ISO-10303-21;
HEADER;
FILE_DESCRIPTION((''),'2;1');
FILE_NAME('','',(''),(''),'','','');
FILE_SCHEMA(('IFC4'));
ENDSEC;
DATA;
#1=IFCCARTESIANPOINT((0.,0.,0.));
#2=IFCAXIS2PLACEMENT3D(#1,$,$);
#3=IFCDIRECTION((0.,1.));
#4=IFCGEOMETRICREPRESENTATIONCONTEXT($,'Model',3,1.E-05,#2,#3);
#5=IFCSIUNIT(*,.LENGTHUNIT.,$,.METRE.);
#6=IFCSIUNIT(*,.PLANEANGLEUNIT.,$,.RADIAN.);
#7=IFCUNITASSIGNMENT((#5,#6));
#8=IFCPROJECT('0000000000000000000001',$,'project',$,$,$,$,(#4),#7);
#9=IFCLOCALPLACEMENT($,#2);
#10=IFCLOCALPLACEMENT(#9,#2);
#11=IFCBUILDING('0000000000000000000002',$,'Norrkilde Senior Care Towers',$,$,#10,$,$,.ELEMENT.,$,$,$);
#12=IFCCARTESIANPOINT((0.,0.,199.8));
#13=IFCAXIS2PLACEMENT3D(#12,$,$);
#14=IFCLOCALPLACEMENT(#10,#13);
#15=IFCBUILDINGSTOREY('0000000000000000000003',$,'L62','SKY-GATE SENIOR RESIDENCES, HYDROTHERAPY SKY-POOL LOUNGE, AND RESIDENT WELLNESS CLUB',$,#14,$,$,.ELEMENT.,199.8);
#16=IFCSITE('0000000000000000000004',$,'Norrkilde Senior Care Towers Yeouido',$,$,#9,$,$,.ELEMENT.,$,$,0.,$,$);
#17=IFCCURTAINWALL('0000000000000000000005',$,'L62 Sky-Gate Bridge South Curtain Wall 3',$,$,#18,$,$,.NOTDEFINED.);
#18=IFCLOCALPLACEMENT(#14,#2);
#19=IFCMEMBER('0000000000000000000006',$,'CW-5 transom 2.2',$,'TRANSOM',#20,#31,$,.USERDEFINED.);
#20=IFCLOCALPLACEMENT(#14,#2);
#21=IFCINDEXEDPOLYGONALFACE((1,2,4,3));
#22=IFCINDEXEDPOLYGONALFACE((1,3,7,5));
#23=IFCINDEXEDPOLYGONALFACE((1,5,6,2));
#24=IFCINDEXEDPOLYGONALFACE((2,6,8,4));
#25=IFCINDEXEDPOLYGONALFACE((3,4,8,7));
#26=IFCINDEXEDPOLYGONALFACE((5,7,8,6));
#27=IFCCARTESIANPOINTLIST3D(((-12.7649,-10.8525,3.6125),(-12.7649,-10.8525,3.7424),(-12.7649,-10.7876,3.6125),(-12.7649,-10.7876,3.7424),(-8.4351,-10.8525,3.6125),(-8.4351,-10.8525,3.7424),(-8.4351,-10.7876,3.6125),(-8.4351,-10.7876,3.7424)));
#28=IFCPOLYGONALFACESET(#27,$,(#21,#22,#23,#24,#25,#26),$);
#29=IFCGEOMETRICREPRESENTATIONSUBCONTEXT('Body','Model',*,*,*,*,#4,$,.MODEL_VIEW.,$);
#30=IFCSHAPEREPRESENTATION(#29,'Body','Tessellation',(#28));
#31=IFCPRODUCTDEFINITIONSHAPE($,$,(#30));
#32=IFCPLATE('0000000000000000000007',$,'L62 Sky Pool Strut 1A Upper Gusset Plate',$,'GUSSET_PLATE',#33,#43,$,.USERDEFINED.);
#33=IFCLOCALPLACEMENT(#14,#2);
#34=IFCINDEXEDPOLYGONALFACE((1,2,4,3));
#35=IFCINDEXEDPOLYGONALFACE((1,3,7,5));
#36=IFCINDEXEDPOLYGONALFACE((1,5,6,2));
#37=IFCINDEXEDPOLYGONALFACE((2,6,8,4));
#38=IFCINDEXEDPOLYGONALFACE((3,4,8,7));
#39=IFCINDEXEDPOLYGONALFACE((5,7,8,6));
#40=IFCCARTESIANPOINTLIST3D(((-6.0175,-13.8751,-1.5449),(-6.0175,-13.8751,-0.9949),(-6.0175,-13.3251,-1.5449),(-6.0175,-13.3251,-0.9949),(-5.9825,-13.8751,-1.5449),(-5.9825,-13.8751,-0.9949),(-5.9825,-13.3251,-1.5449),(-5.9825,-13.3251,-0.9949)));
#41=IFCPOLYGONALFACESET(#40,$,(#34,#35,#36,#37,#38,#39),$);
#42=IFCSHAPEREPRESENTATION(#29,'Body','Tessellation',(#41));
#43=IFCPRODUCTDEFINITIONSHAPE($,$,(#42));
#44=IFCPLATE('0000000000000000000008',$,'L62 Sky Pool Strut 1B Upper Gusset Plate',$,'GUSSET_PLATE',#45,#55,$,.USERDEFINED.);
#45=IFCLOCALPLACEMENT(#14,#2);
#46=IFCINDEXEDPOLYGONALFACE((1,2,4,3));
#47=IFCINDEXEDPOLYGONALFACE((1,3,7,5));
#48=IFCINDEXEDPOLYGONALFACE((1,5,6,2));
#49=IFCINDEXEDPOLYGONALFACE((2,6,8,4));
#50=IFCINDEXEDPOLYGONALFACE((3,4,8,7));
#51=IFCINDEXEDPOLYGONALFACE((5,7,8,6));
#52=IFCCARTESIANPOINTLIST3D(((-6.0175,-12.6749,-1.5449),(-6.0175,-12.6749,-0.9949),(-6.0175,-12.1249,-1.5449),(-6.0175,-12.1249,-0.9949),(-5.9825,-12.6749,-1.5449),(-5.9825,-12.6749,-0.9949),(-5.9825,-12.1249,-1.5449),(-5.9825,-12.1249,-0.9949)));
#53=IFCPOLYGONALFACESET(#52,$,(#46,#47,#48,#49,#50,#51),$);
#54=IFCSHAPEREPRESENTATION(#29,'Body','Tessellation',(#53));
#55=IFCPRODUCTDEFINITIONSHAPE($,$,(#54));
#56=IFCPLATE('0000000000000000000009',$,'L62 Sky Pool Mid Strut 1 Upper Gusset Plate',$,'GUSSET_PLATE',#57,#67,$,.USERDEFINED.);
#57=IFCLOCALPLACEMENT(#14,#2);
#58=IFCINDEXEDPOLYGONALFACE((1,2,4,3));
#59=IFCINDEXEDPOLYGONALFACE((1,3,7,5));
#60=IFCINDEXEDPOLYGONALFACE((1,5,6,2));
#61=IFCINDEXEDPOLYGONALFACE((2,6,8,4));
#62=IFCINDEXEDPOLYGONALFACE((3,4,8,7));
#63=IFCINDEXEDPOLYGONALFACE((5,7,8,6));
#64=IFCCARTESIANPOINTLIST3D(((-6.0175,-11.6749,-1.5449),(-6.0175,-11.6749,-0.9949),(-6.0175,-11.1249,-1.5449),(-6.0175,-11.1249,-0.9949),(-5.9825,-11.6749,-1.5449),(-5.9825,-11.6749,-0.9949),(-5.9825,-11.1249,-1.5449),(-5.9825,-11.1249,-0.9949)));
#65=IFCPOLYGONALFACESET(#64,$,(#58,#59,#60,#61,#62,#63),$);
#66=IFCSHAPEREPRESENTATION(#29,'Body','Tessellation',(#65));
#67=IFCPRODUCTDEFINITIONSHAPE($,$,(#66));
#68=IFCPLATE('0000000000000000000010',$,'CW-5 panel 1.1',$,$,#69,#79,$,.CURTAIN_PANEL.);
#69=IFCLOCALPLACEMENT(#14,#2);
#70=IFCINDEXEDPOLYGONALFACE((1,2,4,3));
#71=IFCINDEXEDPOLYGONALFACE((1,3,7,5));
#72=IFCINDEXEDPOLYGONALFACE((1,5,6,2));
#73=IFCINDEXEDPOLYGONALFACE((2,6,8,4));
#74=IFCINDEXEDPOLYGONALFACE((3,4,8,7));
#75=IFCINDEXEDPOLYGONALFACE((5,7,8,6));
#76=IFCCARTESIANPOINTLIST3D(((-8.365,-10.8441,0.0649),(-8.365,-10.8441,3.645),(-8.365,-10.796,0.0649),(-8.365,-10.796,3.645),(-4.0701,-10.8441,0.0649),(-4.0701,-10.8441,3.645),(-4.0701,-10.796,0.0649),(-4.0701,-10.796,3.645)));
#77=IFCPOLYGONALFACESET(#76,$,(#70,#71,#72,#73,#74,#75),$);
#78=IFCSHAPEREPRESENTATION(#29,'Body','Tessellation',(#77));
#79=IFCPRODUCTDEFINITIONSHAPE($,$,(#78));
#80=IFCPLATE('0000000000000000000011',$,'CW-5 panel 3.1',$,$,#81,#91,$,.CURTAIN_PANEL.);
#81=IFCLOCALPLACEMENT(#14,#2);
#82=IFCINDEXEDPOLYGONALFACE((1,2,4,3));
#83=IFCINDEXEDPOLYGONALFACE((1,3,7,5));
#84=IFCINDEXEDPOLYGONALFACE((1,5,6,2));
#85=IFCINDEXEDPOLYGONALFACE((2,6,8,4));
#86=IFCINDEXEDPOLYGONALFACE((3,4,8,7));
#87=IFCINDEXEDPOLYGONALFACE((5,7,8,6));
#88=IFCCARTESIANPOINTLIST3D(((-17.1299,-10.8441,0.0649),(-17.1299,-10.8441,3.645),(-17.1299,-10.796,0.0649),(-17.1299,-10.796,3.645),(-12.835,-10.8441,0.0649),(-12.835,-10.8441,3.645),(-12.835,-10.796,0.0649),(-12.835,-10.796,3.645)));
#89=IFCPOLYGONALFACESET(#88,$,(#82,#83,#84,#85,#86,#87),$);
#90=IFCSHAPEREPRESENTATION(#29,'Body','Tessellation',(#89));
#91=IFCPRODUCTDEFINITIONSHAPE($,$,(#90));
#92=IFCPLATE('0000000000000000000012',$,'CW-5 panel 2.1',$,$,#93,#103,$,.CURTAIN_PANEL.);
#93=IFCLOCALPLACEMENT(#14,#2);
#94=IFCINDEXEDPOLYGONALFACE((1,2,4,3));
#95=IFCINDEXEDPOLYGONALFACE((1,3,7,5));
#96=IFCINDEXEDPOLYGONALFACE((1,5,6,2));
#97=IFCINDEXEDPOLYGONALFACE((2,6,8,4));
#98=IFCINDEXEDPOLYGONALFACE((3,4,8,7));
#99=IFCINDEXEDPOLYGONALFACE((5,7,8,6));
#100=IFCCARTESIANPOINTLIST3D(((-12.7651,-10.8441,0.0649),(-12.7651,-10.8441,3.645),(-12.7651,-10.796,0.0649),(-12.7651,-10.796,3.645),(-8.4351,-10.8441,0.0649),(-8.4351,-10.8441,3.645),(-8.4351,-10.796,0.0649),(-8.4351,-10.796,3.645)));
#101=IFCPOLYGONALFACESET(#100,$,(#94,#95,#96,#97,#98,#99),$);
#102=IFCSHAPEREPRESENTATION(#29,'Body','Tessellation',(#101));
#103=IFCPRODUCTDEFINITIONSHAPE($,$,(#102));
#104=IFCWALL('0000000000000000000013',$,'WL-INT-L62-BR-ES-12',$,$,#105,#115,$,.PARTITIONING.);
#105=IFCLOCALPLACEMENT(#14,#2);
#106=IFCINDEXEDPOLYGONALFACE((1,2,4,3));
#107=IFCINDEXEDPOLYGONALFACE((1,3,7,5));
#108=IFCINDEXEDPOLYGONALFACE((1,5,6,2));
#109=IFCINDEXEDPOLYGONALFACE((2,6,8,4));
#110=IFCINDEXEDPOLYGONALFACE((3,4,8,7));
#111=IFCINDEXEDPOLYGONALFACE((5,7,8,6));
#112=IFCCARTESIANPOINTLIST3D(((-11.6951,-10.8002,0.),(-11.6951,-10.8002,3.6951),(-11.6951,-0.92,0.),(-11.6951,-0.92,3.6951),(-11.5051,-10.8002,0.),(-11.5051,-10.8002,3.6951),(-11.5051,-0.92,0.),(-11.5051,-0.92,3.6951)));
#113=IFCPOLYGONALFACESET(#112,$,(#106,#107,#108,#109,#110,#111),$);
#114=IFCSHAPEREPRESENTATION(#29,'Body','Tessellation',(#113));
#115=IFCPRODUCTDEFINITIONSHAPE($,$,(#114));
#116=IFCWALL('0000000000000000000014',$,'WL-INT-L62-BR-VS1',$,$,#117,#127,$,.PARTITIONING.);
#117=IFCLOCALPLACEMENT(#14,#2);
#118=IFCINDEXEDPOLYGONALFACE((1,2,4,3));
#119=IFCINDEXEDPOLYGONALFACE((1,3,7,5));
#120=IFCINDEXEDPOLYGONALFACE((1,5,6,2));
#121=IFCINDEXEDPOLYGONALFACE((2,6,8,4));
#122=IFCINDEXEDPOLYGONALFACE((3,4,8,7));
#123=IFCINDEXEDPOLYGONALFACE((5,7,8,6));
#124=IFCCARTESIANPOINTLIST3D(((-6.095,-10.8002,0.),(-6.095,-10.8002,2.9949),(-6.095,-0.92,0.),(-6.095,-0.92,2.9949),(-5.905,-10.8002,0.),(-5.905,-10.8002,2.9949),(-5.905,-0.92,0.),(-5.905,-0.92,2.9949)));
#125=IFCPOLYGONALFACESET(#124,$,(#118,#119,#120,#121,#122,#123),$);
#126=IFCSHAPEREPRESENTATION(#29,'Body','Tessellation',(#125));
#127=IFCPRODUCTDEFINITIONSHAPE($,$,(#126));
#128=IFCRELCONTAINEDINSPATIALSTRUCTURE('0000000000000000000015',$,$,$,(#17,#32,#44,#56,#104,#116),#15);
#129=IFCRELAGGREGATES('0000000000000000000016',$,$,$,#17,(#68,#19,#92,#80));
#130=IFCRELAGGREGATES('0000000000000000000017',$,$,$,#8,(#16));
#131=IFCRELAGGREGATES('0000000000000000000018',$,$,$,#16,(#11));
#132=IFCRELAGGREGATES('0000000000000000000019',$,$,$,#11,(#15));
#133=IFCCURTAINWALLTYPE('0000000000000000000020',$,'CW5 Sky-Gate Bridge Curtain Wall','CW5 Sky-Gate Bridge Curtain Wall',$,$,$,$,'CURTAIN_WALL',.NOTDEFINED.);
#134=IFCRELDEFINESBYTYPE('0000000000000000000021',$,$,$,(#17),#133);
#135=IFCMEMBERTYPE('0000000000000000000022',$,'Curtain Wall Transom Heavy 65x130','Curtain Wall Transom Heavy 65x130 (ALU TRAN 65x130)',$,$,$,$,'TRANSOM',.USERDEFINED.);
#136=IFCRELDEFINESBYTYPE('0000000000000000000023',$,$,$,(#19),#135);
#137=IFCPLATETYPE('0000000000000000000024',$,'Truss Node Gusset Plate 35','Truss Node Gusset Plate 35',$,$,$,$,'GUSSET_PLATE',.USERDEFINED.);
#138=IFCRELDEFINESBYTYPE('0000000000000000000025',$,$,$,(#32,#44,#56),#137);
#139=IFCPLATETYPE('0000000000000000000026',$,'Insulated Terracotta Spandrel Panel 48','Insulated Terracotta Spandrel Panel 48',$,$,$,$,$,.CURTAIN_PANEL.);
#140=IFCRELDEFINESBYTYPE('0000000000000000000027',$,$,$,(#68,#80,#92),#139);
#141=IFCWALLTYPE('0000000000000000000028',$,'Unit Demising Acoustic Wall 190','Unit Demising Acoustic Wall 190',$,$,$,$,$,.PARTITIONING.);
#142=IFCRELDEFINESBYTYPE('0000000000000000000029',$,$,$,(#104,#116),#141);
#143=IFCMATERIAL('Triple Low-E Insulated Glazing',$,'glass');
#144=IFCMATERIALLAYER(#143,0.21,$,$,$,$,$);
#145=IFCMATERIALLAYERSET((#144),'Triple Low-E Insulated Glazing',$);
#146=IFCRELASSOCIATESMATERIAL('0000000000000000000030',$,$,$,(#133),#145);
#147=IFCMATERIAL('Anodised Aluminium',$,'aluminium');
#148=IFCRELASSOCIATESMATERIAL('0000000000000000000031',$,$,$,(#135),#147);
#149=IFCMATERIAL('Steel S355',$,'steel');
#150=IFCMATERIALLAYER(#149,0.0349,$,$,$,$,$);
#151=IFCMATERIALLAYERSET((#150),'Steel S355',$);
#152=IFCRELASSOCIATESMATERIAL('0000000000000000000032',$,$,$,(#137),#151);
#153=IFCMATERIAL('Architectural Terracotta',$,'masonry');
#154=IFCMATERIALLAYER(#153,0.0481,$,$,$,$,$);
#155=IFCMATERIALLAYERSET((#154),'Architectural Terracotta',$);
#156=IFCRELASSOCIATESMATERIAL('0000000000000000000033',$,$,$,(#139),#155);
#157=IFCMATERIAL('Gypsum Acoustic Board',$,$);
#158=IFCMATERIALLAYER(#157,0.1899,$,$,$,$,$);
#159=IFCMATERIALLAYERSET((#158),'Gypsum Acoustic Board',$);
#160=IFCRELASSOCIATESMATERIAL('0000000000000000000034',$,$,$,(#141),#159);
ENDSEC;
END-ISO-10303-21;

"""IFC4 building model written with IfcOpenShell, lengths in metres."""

from ifc_helpers import new_model, si_unit, direction, frame, frame_2d, origin, origin_2d, place, context, subcontext, project, spatial, rectangle, extrude, source, transform, mapped, material, layer, layer_set, material_profile, profile_set, type_object, type_shapes, element, aggregate, save


model = new_model("IFC4")

# Units and contexts
model_context = context("Model", 3, precision=1e-05, world=origin(), true_north=direction((0.0, 1.0)))
body_context = subcontext(model_context, "Body", "Model", "MODEL_VIEW")
ifc_project = project(units=[si_unit("LENGTHUNIT", "METRE"), si_unit("PLANEANGLEUNIT", "RADIAN")], contexts=[model_context])

# Site, building, storey
site_placement = place(None, origin())
site = spatial("IfcSite", under=ifc_project, at=site_placement, Name="Norrkilde Senior Care Towers Yeouido", CompositionType="ELEMENT", RefElevation=0.0)
building_placement = place(site_placement, origin())
building = spatial("IfcBuilding", under=site, at=building_placement, Name="Norrkilde Senior Care Towers", CompositionType="ELEMENT")
storey_placement = place(building_placement, frame((0.0, 0.0, 199.8)))
storey = spatial("IfcBuildingStorey", under=building, at=storey_placement, Name="L62", Description="SKY-GATE SENIOR RESIDENCES, HYDROTHERAPY SKY-POOL LOUNGE, AND RESIDENT WELLNESS CLUB", CompositionType="ELEMENT", Elevation=199.8)

# Shared definitions
ifc_material_1 = material(Name="Steel S355", Category="steel")

# Curtain wall, member
ifc_material_2 = material(Name="Triple Low-E Insulated Glazing", Category="glass")
ifc_material_3 = material(Name="Anodised Aluminium", Category="aluminium")
ifc_layer_1 = layer(ifc_material_2, 0.21)
ifc_layer_set_1 = layer_set([ifc_layer_1], Name="Triple Low-E Insulated Glazing")
curtain_wall_type_1 = type_object("IfcCurtainWallType", Name="CW5 Sky-Gate Bridge Curtain Wall", Description="CW5 Sky-Gate Bridge Curtain Wall", ElementType="CURTAIN_WALL", PredefinedType="NOTDEFINED", material=ifc_layer_set_1)
curtain_wall_1_placement = place(storey_placement, origin())
curtain_wall_1 = element("IfcCurtainWall", 1, at=curtain_wall_1_placement, inside=storey, type_object=curtain_wall_type_1, Name="L62 Sky-Gate Bridge South Curtain Wall 3", PredefinedType="NOTDEFINED")
ifc_material_profile_1 = material_profile(ifc_material_3, rectangle(XDim=0.0649, YDim=0.1299, at=origin_2d()), Name="ALU TRAN 65x130")
ifc_profile_set_1 = profile_set([ifc_material_profile_1], Name="Anodised Aluminium")
member_type_1 = type_object("IfcMemberType", Name="Curtain Wall Transom Heavy 65x130", Description="Curtain Wall Transom Heavy 65x130 (ALU TRAN 65x130)", ElementType="TRANSOM", PredefinedType="USERDEFINED", material=ifc_profile_set_1)
shared_shape_1 = source(origin(), body_context, "Body", "SweptSolid", [
    extrude(rectangle(XDim=0.0649, YDim=0.1299, at=origin_2d()), origin(), (0.0, 0.0, 1.0), 4.3298),
])
member_1_placement = place(storey_placement, frame((-8.4351, -10.8201, 3.6775), z_axis=(-1.0, 0.0, 0.0), x_axis=(0.0, -1.0, 0.0)))
member_1 = element("IfcMember", 2, at=member_1_placement, type_object=member_type_1, Name="CW-5 transom 2.2", ObjectType="TRANSOM", PredefinedType="USERDEFINED", context=body_context, shape_type="MappedRepresentation", body=[
    mapped(shared_shape_1, transform((0.0, 0.0, 0.0), x_axis=(1.0, 0.0, 0.0), y_axis=(0.0, 1.0, 0.0), z_axis=(0.0, 0.0, 1.0), scale=1.0)),
])

# Plates
ifc_layer_2 = layer(ifc_material_1, 0.0349)
ifc_layer_set_2 = layer_set([ifc_layer_2], Name="Steel S355")
plate_type_1 = type_object("IfcPlateType", Name="Truss Node Gusset Plate 35", Description="Truss Node Gusset Plate 35", ElementType="GUSSET_PLATE", PredefinedType="USERDEFINED", material=ifc_layer_set_2)
shared_shape_2 = source(origin(), body_context, "Body", "SweptSolid", [
    extrude(rectangle(XDim=0.0349, YDim=0.55, at=origin_2d()), origin(), (0.0, 0.0, 1.0), 0.55),
])
type_shapes(plate_type_1, [shared_shape_2])
for number, where, z_axis, x_axis, name in (
    (3, (-6.0, -13.6001, -1.5449), (0.0, 0.0, 1.0), (1.0, 0.0, 0.0), "L62 Sky Pool Strut 1A Upper Gusset Plate"),
    (4, (-6.0, -12.3999, -1.5449), (0.0, 0.0, 1.0), (1.0, 0.0, 0.0), "L62 Sky Pool Strut 1B Upper Gusset Plate"),
    (5, (-6.0, -11.3999, -1.5449), (0.0, 0.0, 1.0), (1.0, 0.0, 0.0), "L62 Sky Pool Mid Strut 1 Upper Gusset Plate"),
):
    element("IfcPlate", number, at=place(storey_placement, frame(where, z_axis=z_axis, x_axis=x_axis)), inside=storey, type_object=plate_type_1, Name=name, ObjectType="GUSSET_PLATE", PredefinedType="USERDEFINED", context=body_context, shape_type="MappedRepresentation", body=[
        mapped(shared_shape_2, transform((0.0, 0.0, 0.0), x_axis=(1.0, 0.0, 0.0), y_axis=(0.0, 1.0, 0.0), z_axis=(0.0, 0.0, 1.0), scale=1.0)),
    ])

# Plates
ifc_material_4 = material(Name="Architectural Terracotta", Category="masonry")
ifc_layer_3 = layer(ifc_material_4, 0.0481)
ifc_layer_set_3 = layer_set([ifc_layer_3], Name="Architectural Terracotta")
plate_type_2 = type_object("IfcPlateType", Name="Insulated Terracotta Spandrel Panel 48", Description="Insulated Terracotta Spandrel Panel 48", PredefinedType="CURTAIN_PANEL", material=ifc_layer_set_3)
shared_shape_3 = source(origin(), body_context, "Body", "SweptSolid", [
    extrude(rectangle(XDim=4.2949, YDim=0.0481, at=origin_2d()), origin(), (0.0, 0.0, 1.0), 3.5801),
])
plate_1_placement = place(storey_placement, frame((-6.2175, -10.8201, 0.0649), z_axis=(0.0, 0.0, 1.0), x_axis=(-1.0, 0.0, 0.0)))
plate_1 = element("IfcPlate", 6, at=plate_1_placement, type_object=plate_type_2, Name="CW-5 panel 1.1", PredefinedType="CURTAIN_PANEL", context=body_context, shape_type="MappedRepresentation", body=[
    mapped(shared_shape_3, transform((0.0, 0.0, 0.0), x_axis=(1.0, 0.0, 0.0), y_axis=(0.0, 1.0, 0.0), z_axis=(0.0, 0.0, 1.0), scale=1.0)),
])
plate_2_placement = place(storey_placement, frame((-14.9824, -10.8201, 0.0649), z_axis=(0.0, 0.0, 1.0), x_axis=(-1.0, 0.0, 0.0)))
plate_2 = element("IfcPlate", 7, at=plate_2_placement, type_object=plate_type_2, Name="CW-5 panel 3.1", PredefinedType="CURTAIN_PANEL", context=body_context, shape_type="MappedRepresentation", body=[
    mapped(shared_shape_3, transform((0.0, 0.0, 0.0), x_axis=(1.0, 0.0, 0.0), y_axis=(0.0, 1.0, 0.0), z_axis=(0.0, 0.0, 1.0), scale=1.0)),
])
shared_shape_4 = source(origin(), body_context, "Body", "SweptSolid", [
    extrude(rectangle(XDim=4.3301, YDim=0.0481, at=origin_2d()), origin(), (0.0, 0.0, 1.0), 3.5801),
])
type_shapes(plate_type_2, [shared_shape_3, shared_shape_4])
plate_3_placement = place(storey_placement, frame((-10.6001, -10.8201, 0.0649), z_axis=(0.0, 0.0, 1.0), x_axis=(-1.0, 0.0, 0.0)))
plate_3 = element("IfcPlate", 8, at=plate_3_placement, type_object=plate_type_2, Name="CW-5 panel 2.1", PredefinedType="CURTAIN_PANEL", context=body_context, shape_type="MappedRepresentation", body=[
    mapped(shared_shape_4, transform((0.0, 0.0, 0.0), x_axis=(1.0, 0.0, 0.0), y_axis=(0.0, 1.0, 0.0), z_axis=(0.0, 0.0, 1.0), scale=1.0)),
])
aggregate(curtain_wall_1, [plate_1, member_1, plate_3, plate_2])

# Walls
ifc_material_5 = material(Name="Gypsum Acoustic Board")
ifc_layer_4 = layer(ifc_material_5, 0.1899)
ifc_layer_set_4 = layer_set([ifc_layer_4], Name="Gypsum Acoustic Board")
wall_type = type_object("IfcWallType", Name="Unit Demising Acoustic Wall 190", Description="Unit Demising Acoustic Wall 190", PredefinedType="PARTITIONING", material=ifc_layer_set_4)
shared_shape_5 = source(origin(), body_context, "Body", "SweptSolid", [
    extrude(rectangle(XDim=9.8801, YDim=0.1899, at=frame_2d((4.9399, 0.0))), origin(), (0.0, 0.0, 1.0), 3.6951),
])
wall_1_placement = place(storey_placement, frame((-11.6001, -10.8, 0.0), z_axis=(0.0, 0.0, 1.0), x_axis=(0.0, 1.0, 0.0)))
element("IfcWall", 9, at=wall_1_placement, inside=storey, type_object=wall_type, Name="WL-INT-L62-BR-ES-12", PredefinedType="PARTITIONING", context=body_context, shape_type="MappedRepresentation", body=[
    mapped(shared_shape_5, transform((0.0, 0.0, 0.0), x_axis=(1.0, 0.0, 0.0), y_axis=(0.0, 1.0, 0.0), z_axis=(0.0, 0.0, 1.0), scale=1.0)),
])
shared_shape_6 = source(origin(), body_context, "Body", "SweptSolid", [
    extrude(rectangle(XDim=9.8801, YDim=0.1899, at=frame_2d((4.9399, 0.0))), origin(), (0.0, 0.0, 1.0), 2.9949),
])
type_shapes(wall_type, [shared_shape_5, shared_shape_6])
wall_2_placement = place(storey_placement, frame((-6.0, -10.8, 0.0), z_axis=(0.0, 0.0, 1.0), x_axis=(0.0, 1.0, 0.0)))
element("IfcWall", 10, at=wall_2_placement, inside=storey, type_object=wall_type, Name="WL-INT-L62-BR-VS1", PredefinedType="PARTITIONING", context=body_context, shape_type="MappedRepresentation", body=[
    mapped(shared_shape_6, transform((0.0, 0.0, 0.0), x_axis=(1.0, 0.0, 0.0), y_axis=(0.0, 1.0, 0.0), z_axis=(0.0, 0.0, 1.0), scale=1.0)),
])

save(model, "model.ifc")
